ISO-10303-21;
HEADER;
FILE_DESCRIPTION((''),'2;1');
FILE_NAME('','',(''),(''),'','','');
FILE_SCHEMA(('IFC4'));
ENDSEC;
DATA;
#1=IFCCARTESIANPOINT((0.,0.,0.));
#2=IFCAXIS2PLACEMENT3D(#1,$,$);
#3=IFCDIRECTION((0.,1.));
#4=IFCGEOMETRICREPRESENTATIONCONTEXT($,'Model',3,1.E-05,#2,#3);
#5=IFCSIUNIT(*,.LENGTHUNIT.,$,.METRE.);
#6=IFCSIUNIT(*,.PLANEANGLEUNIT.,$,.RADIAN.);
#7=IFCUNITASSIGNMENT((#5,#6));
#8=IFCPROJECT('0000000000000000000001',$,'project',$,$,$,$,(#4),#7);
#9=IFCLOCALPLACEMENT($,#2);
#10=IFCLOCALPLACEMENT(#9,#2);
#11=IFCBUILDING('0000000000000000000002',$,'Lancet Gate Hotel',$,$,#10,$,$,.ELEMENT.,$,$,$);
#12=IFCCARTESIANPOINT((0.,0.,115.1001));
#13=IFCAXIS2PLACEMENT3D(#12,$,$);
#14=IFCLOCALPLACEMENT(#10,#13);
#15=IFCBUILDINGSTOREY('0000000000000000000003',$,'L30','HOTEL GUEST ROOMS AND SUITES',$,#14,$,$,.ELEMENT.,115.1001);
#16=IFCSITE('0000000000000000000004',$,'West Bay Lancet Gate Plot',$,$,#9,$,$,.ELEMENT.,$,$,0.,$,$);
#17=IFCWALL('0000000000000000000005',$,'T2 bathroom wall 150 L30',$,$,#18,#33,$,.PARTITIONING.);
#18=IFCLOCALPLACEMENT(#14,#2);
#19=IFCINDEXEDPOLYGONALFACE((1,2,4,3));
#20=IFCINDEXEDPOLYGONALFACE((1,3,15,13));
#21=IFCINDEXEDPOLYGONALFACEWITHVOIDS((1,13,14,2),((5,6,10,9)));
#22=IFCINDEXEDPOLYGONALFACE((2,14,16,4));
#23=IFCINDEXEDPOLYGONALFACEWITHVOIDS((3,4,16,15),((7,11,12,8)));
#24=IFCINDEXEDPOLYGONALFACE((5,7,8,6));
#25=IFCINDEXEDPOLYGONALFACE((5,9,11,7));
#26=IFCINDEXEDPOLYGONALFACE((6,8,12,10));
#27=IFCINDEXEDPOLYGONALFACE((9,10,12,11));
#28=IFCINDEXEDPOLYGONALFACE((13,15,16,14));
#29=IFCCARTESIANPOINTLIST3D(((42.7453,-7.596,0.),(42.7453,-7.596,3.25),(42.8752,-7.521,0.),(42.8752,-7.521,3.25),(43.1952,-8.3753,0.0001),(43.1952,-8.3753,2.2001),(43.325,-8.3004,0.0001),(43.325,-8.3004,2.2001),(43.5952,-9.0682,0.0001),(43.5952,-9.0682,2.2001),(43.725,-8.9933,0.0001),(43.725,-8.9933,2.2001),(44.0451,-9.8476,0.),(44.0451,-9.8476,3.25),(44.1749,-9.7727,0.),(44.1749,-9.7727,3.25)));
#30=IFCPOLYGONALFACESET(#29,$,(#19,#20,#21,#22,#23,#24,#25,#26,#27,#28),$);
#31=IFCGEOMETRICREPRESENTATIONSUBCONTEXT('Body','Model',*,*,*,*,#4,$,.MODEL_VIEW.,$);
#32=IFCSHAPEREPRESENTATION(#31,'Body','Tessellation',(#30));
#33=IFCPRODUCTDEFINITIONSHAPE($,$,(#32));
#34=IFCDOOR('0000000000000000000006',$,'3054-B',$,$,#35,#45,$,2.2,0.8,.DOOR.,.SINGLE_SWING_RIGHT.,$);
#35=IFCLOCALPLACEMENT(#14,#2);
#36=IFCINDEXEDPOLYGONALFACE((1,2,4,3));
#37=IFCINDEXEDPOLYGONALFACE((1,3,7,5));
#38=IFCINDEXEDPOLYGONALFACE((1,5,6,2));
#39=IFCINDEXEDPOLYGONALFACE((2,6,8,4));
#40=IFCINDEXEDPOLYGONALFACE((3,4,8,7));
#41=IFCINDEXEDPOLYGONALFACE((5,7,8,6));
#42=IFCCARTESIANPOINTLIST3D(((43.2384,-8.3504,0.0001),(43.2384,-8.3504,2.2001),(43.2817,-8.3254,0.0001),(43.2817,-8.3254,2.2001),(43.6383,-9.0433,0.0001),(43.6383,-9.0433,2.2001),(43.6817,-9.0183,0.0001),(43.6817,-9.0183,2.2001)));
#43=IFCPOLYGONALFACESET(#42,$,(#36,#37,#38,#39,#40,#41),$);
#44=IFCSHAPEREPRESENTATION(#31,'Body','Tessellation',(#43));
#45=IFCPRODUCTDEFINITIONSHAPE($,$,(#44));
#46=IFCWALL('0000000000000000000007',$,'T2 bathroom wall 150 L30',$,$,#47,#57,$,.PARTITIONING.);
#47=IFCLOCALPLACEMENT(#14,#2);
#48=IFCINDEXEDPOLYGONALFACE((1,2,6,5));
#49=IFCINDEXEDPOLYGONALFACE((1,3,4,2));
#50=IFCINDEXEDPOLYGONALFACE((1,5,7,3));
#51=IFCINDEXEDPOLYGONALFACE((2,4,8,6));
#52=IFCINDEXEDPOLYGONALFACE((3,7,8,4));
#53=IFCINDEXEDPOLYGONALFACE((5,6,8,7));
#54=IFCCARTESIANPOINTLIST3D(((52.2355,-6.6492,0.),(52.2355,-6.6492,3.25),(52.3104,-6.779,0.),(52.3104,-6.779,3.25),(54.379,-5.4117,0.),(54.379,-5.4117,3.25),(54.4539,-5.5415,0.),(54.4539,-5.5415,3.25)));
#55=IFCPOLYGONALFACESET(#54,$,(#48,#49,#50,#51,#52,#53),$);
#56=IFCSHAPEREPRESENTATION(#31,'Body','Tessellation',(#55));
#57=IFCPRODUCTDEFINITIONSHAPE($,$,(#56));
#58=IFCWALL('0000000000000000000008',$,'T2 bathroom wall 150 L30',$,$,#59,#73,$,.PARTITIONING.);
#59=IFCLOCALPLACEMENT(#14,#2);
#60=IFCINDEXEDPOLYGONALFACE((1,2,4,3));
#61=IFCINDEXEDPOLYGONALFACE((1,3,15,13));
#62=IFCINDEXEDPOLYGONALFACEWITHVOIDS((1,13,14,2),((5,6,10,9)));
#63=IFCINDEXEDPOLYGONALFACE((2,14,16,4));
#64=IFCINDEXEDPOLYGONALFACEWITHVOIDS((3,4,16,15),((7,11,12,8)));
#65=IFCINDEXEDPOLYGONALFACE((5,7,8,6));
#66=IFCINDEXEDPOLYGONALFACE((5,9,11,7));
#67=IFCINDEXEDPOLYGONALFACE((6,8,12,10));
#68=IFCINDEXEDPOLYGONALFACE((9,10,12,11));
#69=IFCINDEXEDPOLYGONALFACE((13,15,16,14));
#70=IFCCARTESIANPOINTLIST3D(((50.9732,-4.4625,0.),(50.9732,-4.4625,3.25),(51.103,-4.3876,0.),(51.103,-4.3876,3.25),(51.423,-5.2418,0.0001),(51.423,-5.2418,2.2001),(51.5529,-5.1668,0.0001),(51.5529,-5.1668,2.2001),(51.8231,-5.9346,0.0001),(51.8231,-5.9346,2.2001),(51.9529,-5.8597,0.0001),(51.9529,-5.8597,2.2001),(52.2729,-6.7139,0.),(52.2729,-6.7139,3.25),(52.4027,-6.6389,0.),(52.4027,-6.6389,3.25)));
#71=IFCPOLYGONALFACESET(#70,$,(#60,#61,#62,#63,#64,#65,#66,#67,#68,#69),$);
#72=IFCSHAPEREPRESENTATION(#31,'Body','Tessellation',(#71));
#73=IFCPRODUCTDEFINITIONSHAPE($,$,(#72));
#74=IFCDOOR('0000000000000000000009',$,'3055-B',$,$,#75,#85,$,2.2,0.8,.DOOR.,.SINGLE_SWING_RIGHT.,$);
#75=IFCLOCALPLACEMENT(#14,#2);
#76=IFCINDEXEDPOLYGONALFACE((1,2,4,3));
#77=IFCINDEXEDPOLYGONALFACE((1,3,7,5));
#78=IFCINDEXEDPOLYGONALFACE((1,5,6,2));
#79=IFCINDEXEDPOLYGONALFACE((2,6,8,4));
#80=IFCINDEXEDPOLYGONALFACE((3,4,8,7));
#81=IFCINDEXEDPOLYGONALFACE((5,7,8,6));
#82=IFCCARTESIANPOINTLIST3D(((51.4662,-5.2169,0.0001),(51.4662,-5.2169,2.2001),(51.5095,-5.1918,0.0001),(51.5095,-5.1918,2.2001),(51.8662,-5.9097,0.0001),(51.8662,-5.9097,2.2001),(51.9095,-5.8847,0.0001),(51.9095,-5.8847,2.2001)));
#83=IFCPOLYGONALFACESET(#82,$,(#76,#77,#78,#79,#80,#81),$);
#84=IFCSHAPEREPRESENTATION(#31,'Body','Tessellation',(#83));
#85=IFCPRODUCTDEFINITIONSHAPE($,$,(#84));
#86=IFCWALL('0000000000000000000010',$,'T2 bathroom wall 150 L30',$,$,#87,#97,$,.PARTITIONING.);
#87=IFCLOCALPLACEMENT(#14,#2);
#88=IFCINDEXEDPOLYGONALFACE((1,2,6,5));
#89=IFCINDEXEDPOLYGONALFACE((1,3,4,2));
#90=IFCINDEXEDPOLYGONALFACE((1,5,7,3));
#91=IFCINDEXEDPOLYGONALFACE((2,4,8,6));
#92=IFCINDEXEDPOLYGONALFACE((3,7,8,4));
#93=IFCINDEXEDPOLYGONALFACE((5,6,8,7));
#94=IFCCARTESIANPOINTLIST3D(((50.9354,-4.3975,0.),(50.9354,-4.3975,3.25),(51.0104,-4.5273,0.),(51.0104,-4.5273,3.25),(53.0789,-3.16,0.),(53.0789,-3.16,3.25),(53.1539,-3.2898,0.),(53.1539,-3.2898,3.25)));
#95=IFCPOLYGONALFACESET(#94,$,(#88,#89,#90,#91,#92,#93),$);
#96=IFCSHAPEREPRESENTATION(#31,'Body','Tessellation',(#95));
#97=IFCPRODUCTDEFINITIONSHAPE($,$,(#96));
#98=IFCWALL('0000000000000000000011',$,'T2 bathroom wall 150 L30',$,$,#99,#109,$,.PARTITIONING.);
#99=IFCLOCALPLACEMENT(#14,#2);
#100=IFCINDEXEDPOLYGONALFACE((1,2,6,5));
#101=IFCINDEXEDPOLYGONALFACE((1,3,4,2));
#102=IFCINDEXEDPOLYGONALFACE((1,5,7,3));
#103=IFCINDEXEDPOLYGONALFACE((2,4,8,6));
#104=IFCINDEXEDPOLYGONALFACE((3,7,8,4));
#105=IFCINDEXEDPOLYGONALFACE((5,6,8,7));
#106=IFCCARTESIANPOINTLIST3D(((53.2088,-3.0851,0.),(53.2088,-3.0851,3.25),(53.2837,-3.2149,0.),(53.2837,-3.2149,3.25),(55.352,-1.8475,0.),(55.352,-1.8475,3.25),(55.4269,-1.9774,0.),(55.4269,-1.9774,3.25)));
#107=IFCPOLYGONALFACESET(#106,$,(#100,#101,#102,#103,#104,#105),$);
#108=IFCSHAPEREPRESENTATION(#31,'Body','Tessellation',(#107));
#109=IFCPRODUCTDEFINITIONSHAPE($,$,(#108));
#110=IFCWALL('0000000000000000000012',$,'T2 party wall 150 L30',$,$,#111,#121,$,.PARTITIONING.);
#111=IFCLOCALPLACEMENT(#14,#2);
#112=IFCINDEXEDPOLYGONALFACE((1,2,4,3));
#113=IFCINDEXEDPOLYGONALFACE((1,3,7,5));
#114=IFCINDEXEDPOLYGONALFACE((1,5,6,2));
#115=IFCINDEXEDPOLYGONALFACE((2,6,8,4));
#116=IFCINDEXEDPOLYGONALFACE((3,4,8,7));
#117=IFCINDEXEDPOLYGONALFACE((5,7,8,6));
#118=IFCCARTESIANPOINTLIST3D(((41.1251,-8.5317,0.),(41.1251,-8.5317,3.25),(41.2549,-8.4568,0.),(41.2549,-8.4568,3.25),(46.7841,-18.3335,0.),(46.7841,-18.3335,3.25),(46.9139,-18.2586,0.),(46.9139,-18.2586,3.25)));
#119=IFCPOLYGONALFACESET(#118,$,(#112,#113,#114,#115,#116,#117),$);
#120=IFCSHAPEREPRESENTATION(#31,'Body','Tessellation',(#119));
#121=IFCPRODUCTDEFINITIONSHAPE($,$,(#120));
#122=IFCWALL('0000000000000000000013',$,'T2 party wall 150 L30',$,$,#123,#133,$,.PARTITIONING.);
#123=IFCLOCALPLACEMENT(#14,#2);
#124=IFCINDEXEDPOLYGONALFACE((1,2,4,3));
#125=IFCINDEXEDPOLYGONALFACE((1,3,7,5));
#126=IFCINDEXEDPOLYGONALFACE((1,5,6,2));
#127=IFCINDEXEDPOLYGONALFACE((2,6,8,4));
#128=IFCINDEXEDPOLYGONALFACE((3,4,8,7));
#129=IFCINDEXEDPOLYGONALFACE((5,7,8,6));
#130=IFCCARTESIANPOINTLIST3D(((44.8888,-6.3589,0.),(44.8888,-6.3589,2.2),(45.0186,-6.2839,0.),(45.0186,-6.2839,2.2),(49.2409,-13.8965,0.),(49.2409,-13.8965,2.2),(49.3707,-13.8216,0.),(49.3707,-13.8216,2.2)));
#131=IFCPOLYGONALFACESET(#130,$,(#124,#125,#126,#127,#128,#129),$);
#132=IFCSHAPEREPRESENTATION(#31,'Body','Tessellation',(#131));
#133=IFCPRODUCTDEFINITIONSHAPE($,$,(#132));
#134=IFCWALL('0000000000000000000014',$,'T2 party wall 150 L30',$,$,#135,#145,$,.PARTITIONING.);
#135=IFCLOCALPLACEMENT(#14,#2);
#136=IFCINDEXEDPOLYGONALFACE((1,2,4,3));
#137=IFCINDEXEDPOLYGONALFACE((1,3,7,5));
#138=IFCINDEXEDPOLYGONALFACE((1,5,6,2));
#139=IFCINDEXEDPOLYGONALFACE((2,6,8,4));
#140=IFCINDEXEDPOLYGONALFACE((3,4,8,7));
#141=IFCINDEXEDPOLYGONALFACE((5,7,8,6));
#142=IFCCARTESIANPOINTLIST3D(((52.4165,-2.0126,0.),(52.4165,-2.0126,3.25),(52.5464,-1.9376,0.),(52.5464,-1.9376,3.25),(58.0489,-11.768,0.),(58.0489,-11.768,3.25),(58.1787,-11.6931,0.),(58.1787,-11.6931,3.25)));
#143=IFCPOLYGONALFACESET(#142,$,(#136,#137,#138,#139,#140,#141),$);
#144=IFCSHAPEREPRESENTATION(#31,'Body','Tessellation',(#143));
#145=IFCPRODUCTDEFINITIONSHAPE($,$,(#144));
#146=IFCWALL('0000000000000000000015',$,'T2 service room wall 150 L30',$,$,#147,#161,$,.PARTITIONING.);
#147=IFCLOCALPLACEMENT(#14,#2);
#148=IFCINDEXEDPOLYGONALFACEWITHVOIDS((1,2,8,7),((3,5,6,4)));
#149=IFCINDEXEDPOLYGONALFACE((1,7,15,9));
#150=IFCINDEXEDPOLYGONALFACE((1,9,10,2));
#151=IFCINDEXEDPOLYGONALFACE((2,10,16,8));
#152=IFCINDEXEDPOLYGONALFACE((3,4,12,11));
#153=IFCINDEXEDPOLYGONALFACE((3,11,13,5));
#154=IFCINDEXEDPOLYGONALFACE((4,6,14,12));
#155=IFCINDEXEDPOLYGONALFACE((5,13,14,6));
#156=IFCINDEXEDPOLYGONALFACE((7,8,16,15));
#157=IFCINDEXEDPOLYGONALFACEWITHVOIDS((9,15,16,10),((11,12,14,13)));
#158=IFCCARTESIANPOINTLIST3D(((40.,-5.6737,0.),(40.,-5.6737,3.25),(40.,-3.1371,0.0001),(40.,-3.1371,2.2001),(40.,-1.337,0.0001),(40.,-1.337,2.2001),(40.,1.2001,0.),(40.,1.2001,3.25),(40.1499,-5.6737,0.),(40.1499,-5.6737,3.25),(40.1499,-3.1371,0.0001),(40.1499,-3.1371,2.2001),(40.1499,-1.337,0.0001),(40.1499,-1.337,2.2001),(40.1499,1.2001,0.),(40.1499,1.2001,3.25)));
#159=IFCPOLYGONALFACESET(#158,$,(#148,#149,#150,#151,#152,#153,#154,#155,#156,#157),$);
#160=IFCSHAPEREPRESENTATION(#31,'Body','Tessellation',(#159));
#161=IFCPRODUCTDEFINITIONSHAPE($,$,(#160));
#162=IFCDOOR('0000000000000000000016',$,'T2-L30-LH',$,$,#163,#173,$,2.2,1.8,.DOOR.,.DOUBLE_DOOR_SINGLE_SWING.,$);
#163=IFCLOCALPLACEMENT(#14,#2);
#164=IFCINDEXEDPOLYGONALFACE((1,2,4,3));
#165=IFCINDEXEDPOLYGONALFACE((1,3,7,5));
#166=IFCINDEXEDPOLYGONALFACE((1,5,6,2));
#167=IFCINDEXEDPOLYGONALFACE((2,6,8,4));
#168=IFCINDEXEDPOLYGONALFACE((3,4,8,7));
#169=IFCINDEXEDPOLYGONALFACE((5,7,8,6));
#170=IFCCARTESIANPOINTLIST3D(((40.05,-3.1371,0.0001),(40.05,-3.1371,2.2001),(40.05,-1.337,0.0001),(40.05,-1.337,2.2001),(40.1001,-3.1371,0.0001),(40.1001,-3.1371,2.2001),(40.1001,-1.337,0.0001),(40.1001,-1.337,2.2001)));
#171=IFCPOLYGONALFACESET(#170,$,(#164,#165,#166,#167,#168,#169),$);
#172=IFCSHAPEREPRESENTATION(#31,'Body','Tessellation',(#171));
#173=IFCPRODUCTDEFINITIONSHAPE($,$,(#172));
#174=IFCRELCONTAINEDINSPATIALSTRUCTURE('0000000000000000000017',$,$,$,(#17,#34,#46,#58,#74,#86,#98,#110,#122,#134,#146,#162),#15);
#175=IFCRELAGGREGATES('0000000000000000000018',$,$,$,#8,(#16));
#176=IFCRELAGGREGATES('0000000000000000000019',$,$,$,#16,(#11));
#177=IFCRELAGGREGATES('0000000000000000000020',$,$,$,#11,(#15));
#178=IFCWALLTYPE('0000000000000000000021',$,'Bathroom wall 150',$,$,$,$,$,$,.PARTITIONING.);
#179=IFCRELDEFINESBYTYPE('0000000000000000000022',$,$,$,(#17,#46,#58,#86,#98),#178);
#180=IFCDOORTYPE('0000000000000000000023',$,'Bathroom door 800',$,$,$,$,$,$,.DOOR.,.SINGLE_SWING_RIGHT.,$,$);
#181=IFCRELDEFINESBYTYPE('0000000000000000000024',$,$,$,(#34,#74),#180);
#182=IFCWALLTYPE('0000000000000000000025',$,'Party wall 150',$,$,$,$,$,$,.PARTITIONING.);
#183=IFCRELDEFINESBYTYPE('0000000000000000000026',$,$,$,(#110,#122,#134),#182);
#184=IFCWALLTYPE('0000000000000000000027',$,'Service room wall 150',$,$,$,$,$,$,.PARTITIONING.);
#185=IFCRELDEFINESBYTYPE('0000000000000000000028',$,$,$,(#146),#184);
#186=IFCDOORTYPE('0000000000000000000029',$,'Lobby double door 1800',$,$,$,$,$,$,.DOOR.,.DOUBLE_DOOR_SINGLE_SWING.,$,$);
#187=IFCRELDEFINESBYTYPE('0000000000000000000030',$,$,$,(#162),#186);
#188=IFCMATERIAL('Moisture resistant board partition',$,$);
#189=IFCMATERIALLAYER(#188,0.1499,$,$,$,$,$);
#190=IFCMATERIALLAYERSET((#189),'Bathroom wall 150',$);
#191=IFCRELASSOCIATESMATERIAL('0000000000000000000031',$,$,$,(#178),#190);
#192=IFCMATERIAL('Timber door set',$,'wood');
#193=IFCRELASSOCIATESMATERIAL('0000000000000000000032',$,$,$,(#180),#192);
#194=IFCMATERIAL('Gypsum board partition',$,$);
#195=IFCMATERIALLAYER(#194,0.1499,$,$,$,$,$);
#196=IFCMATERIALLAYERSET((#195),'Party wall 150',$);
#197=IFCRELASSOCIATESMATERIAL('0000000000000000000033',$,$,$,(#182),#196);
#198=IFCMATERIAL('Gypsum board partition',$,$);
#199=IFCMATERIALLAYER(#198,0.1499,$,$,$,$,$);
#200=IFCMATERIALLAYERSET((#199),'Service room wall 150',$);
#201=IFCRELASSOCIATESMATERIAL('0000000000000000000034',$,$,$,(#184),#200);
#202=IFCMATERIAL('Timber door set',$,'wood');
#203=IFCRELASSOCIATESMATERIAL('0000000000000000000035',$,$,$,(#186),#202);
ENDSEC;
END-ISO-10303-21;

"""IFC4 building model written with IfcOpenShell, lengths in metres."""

from ifc_helpers import new_model, si_unit, direction, frame, frame_2d, origin, place, context, subcontext, project, spatial, rectangle, extrude, material, layer, layer_set, type_object, element, fill, save


model = new_model("IFC4")

# Units and contexts
model_context = context("Model", 3, precision=1e-05, world=origin(), true_north=direction((0.0, 1.0)))
body_context = subcontext(model_context, "Body", "Model", "MODEL_VIEW")
ifc_project = project(units=[si_unit("LENGTHUNIT", "METRE"), si_unit("PLANEANGLEUNIT", "RADIAN")], contexts=[model_context])

# Site, building, storey
site_placement = place(None, origin())
site = spatial("IfcSite", under=ifc_project, at=site_placement, Name="West Bay Lancet Gate Plot", CompositionType="ELEMENT", RefElevation=0.0)
building_placement = place(site_placement, origin())
building = spatial("IfcBuilding", under=site, at=building_placement, Name="Lancet Gate Hotel", CompositionType="ELEMENT")
storey_placement = place(building_placement, frame((0.0, 0.0, 115.1001)))
storey = spatial("IfcBuildingStorey", under=building, at=storey_placement, Name="L30", Description="HOTEL GUEST ROOMS AND SUITES", CompositionType="ELEMENT", Elevation=115.1001)

# Shared definitions
ifc_material_1 = material(Name="Moisture resistant board partition")
ifc_layer_1 = layer(ifc_material_1, 0.1499)
ifc_layer_set_1 = layer_set([ifc_layer_1], Name="Bathroom wall 150")
wall_type_1 = type_object("IfcWallType", Name="Bathroom wall 150", PredefinedType="PARTITIONING", material=ifc_layer_set_1)

# Wall, opening, door
wall_1_placement = place(storey_placement, frame((42.8103, -7.5586, 0.0), z_axis=(0.0, 0.0, 1.0), x_axis=(0.499937, -0.866062, 0.0)))
wall_1 = element("IfcWall", 1, at=wall_1_placement, inside=storey, type_object=wall_type_1, Name="T2 bathroom wall 150 L30", PredefinedType="PARTITIONING", context=body_context, shape_type="SweptSolid", body=[
    extrude(rectangle(XDim=2.5999, YDim=0.1499, at=frame_2d((1.2998, 0.0))), origin(), (0.0, 0.0, 1.0), 3.25),
])
opening_1_placement = place(wall_1_placement, frame((0.8999, 0.0, 0.0)))
opening_1 = element("IfcOpeningElement", 2, at=opening_1_placement, cuts=wall_1, PredefinedType="OPENING", context=body_context, shape_type="SweptSolid", body=[
    extrude(rectangle(XDim=0.8, YDim=2.2, at=frame_2d((0.3999, 1.1001))), frame((0.0, 0.085, 0.0), z_axis=(0.0, -1.0, 0.0), x_axis=(1.0, 0.0, 0.0)), (0.0, 0.0, 1.0), 0.1699),
])
ifc_material_2 = material(Name="Timber door set", Category="wood")
door_type_1 = type_object("IfcDoorType", Name="Bathroom door 800", OperationType="SINGLE_SWING_RIGHT", PredefinedType="DOOR", material=ifc_material_2)
door_1_placement = place(opening_1_placement, origin())
door_1 = element("IfcDoor", 3, at=door_1_placement, inside=storey, type_object=door_type_1, Name="3054-B", OperationType="SINGLE_SWING_RIGHT", OverallHeight=2.2, OverallWidth=0.8, PredefinedType="DOOR", context=body_context, shape_type="SweptSolid", body=[
    extrude(rectangle(XDim=0.8, YDim=2.2, at=frame_2d((0.3999, 1.1001))), frame((0.0, 0.0249, 0.0), z_axis=(0.0, -1.0, 0.0), x_axis=(1.0, 0.0, 0.0)), (0.0, 0.0, 1.0), 0.05),
])
fill(opening_1, door_1)

# Wall
wall_2_placement = place(storey_placement, frame((52.2729, -6.7141, 0.0), z_axis=(0.0, 0.0, 1.0), x_axis=(0.866031, 0.49999, 0.0)))
element("IfcWall", 4, at=wall_2_placement, inside=storey, type_object=wall_type_1, Name="T2 bathroom wall 150 L30", PredefinedType="PARTITIONING", context=body_context, shape_type="SweptSolid", body=[
    extrude(rectangle(XDim=2.4751, YDim=0.1499, at=frame_2d((1.2375, 0.0))), origin(), (0.0, 0.0, 1.0), 3.25),
])

# Wall, opening, door
wall_3_placement = place(storey_placement, frame((51.0381, -4.425, 0.0), z_axis=(0.0, 0.0, 1.0), x_axis=(0.499977, -0.866039, 0.0)))
wall_3 = element("IfcWall", 5, at=wall_3_placement, inside=storey, type_object=wall_type_1, Name="T2 bathroom wall 150 L30", PredefinedType="PARTITIONING", context=body_context, shape_type="SweptSolid", body=[
    extrude(rectangle(XDim=2.5996, YDim=0.1499, at=frame_2d((1.2998, 0.0))), origin(), (0.0, 0.0, 1.0), 3.25),
])
opening_2_placement = place(wall_3_placement, frame((0.8999, 0.0, 0.0)))
opening_2 = element("IfcOpeningElement", 6, at=opening_2_placement, cuts=wall_3, PredefinedType="OPENING", context=body_context, shape_type="SweptSolid", body=[
    extrude(rectangle(XDim=0.8, YDim=2.2, at=frame_2d((0.3999, 1.1001))), frame((0.0, 0.085, 0.0), z_axis=(0.0, -1.0, 0.0), x_axis=(1.0, 0.0, 0.0)), (0.0, 0.0, 1.0), 0.1699),
])
door_2_placement = place(opening_2_placement, origin())
door_2 = element("IfcDoor", 7, at=door_2_placement, inside=storey, type_object=door_type_1, Name="3055-B", OperationType="SINGLE_SWING_RIGHT", OverallHeight=2.2, OverallWidth=0.8, PredefinedType="DOOR", context=body_context, shape_type="SweptSolid", body=[
    extrude(rectangle(XDim=0.8, YDim=2.2, at=frame_2d((0.3999, 1.1001))), frame((0.0, 0.0249, 0.0), z_axis=(0.0, -1.0, 0.0), x_axis=(1.0, 0.0, 0.0)), (0.0, 0.0, 1.0), 0.05),
])
fill(opening_2, door_2)

# Walls
wall_4_placement = place(storey_placement, frame((50.9729, -4.4624, 0.0), z_axis=(0.0, 0.0, 1.0), x_axis=(0.866031, 0.49999, 0.0)))
element("IfcWall", 8, at=wall_4_placement, inside=storey, type_object=wall_type_1, Name="T2 bathroom wall 150 L30", PredefinedType="PARTITIONING", context=body_context, shape_type="SweptSolid", body=[
    extrude(rectangle(XDim=2.4751, YDim=0.1499, at=frame_2d((1.2375, 0.0))), origin(), (0.0, 0.0, 1.0), 3.25),
])
wall_5_placement = place(storey_placement, frame((53.2463, -3.1499, 0.0), z_axis=(0.0, 0.0, 1.0), x_axis=(0.866007, 0.500033, 0.0)))
element("IfcWall", 9, at=wall_5_placement, inside=storey, type_object=wall_type_1, Name="T2 bathroom wall 150 L30", PredefinedType="PARTITIONING", context=body_context, shape_type="SweptSolid", body=[
    extrude(rectangle(XDim=2.4749, YDim=0.1499, at=frame_2d((1.2373, 0.0))), origin(), (0.0, 0.0, 1.0), 3.25),
])
ifc_material_3 = material(Name="Gypsum board partition")
ifc_layer_2 = layer(ifc_material_3, 0.1499)
ifc_layer_set_2 = layer_set([ifc_layer_2], Name="Party wall 150")
wall_type_2 = type_object("IfcWallType", Name="Party wall 150", PredefinedType="PARTITIONING", material=ifc_layer_set_2)
wall_6_placement = place(storey_placement, frame((41.1899, -8.4941, 0.0), z_axis=(0.0, 0.0, 1.0), x_axis=(0.499993, -0.86603, 0.0)))
element("IfcWall", 10, at=wall_6_placement, inside=storey, type_object=wall_type_2, Name="T2 party wall 150 L30", PredefinedType="PARTITIONING", context=body_context, shape_type="SweptSolid", body=[
    extrude(rectangle(XDim=11.3181, YDim=0.1499, at=frame_2d((5.6592, 0.0))), origin(), (0.0, 0.0, 1.0), 3.25),
])
wall_7_placement = place(storey_placement, frame((44.9536, -6.3213, 0.0), z_axis=(0.0, 0.0, 1.0), x_axis=(0.500019, -0.866015, 0.0)))
element("IfcWall", 11, at=wall_7_placement, inside=storey, type_object=wall_type_2, Name="T2 party wall 150 L30", PredefinedType="PARTITIONING", context=body_context, shape_type="SweptSolid", body=[
    extrude(rectangle(XDim=8.7039, YDim=0.1499, at=frame_2d((4.3521, 0.0))), origin(), (0.0, 0.0, 1.0), 2.2),
])
wall_8_placement = place(storey_placement, frame((52.4814, -1.9751, 0.0), z_axis=(0.0, 0.0, 1.0), x_axis=(0.500004, -0.866023, 0.0)))
element("IfcWall", 12, at=wall_8_placement, inside=storey, type_object=wall_type_2, Name="T2 party wall 150 L30", PredefinedType="PARTITIONING", context=body_context, shape_type="SweptSolid", body=[
    extrude(rectangle(XDim=11.2646, YDim=0.1499, at=frame_2d((5.6323, 0.0))), origin(), (0.0, 0.0, 1.0), 3.25),
])

# Wall, opening, door
ifc_material_4 = material(Name="Gypsum board partition")
ifc_layer_3 = layer(ifc_material_4, 0.1499)
ifc_layer_set_3 = layer_set([ifc_layer_3], Name="Service room wall 150")
wall_type_3 = type_object("IfcWallType", Name="Service room wall 150", PredefinedType="PARTITIONING", material=ifc_layer_set_3)
wall_9_placement = place(storey_placement, frame((40.075, -5.6738, 0.0), z_axis=(0.0, 0.0, 1.0), x_axis=(0.0, 1.0, 0.0)))
wall_9 = element("IfcWall", 13, at=wall_9_placement, inside=storey, type_object=wall_type_3, Name="T2 service room wall 150 L30", PredefinedType="PARTITIONING", context=body_context, shape_type="SweptSolid", body=[
    extrude(rectangle(XDim=6.8738, YDim=0.1499, at=frame_2d((3.437, 0.0))), origin(), (0.0, 0.0, 1.0), 3.25),
])
opening_3_placement = place(wall_9_placement, frame((2.5369, 0.0, 0.0)))
opening_3 = element("IfcOpeningElement", 14, at=opening_3_placement, cuts=wall_9, PredefinedType="OPENING", context=body_context, shape_type="SweptSolid", body=[
    extrude(rectangle(XDim=1.8, YDim=2.2, at=frame_2d((0.8999, 1.1001))), frame((0.0, 0.085, 0.0), z_axis=(0.0, -1.0, 0.0), x_axis=(1.0, 0.0, 0.0)), (0.0, 0.0, 1.0), 0.1699),
])
ifc_material_5 = material(Name="Timber door set", Category="wood")
door_type_2 = type_object("IfcDoorType", Name="Lobby double door 1800", OperationType="DOUBLE_DOOR_SINGLE_SWING", PredefinedType="DOOR", material=ifc_material_5)
door_3_placement = place(opening_3_placement, origin())
door_3 = element("IfcDoor", 15, at=door_3_placement, inside=storey, type_object=door_type_2, Name="T2-L30-LH", OperationType="DOUBLE_DOOR_SINGLE_SWING", OverallHeight=2.2, OverallWidth=1.8, PredefinedType="DOOR", context=body_context, shape_type="SweptSolid", body=[
    extrude(rectangle(XDim=1.8, YDim=2.2, at=frame_2d((0.8999, 1.1001))), frame((0.0, 0.0249, 0.0), z_axis=(0.0, -1.0, 0.0), x_axis=(1.0, 0.0, 0.0)), (0.0, 0.0, 1.0), 0.05),
])
fill(opening_3, door_3)

save(model, "model.ifc")
